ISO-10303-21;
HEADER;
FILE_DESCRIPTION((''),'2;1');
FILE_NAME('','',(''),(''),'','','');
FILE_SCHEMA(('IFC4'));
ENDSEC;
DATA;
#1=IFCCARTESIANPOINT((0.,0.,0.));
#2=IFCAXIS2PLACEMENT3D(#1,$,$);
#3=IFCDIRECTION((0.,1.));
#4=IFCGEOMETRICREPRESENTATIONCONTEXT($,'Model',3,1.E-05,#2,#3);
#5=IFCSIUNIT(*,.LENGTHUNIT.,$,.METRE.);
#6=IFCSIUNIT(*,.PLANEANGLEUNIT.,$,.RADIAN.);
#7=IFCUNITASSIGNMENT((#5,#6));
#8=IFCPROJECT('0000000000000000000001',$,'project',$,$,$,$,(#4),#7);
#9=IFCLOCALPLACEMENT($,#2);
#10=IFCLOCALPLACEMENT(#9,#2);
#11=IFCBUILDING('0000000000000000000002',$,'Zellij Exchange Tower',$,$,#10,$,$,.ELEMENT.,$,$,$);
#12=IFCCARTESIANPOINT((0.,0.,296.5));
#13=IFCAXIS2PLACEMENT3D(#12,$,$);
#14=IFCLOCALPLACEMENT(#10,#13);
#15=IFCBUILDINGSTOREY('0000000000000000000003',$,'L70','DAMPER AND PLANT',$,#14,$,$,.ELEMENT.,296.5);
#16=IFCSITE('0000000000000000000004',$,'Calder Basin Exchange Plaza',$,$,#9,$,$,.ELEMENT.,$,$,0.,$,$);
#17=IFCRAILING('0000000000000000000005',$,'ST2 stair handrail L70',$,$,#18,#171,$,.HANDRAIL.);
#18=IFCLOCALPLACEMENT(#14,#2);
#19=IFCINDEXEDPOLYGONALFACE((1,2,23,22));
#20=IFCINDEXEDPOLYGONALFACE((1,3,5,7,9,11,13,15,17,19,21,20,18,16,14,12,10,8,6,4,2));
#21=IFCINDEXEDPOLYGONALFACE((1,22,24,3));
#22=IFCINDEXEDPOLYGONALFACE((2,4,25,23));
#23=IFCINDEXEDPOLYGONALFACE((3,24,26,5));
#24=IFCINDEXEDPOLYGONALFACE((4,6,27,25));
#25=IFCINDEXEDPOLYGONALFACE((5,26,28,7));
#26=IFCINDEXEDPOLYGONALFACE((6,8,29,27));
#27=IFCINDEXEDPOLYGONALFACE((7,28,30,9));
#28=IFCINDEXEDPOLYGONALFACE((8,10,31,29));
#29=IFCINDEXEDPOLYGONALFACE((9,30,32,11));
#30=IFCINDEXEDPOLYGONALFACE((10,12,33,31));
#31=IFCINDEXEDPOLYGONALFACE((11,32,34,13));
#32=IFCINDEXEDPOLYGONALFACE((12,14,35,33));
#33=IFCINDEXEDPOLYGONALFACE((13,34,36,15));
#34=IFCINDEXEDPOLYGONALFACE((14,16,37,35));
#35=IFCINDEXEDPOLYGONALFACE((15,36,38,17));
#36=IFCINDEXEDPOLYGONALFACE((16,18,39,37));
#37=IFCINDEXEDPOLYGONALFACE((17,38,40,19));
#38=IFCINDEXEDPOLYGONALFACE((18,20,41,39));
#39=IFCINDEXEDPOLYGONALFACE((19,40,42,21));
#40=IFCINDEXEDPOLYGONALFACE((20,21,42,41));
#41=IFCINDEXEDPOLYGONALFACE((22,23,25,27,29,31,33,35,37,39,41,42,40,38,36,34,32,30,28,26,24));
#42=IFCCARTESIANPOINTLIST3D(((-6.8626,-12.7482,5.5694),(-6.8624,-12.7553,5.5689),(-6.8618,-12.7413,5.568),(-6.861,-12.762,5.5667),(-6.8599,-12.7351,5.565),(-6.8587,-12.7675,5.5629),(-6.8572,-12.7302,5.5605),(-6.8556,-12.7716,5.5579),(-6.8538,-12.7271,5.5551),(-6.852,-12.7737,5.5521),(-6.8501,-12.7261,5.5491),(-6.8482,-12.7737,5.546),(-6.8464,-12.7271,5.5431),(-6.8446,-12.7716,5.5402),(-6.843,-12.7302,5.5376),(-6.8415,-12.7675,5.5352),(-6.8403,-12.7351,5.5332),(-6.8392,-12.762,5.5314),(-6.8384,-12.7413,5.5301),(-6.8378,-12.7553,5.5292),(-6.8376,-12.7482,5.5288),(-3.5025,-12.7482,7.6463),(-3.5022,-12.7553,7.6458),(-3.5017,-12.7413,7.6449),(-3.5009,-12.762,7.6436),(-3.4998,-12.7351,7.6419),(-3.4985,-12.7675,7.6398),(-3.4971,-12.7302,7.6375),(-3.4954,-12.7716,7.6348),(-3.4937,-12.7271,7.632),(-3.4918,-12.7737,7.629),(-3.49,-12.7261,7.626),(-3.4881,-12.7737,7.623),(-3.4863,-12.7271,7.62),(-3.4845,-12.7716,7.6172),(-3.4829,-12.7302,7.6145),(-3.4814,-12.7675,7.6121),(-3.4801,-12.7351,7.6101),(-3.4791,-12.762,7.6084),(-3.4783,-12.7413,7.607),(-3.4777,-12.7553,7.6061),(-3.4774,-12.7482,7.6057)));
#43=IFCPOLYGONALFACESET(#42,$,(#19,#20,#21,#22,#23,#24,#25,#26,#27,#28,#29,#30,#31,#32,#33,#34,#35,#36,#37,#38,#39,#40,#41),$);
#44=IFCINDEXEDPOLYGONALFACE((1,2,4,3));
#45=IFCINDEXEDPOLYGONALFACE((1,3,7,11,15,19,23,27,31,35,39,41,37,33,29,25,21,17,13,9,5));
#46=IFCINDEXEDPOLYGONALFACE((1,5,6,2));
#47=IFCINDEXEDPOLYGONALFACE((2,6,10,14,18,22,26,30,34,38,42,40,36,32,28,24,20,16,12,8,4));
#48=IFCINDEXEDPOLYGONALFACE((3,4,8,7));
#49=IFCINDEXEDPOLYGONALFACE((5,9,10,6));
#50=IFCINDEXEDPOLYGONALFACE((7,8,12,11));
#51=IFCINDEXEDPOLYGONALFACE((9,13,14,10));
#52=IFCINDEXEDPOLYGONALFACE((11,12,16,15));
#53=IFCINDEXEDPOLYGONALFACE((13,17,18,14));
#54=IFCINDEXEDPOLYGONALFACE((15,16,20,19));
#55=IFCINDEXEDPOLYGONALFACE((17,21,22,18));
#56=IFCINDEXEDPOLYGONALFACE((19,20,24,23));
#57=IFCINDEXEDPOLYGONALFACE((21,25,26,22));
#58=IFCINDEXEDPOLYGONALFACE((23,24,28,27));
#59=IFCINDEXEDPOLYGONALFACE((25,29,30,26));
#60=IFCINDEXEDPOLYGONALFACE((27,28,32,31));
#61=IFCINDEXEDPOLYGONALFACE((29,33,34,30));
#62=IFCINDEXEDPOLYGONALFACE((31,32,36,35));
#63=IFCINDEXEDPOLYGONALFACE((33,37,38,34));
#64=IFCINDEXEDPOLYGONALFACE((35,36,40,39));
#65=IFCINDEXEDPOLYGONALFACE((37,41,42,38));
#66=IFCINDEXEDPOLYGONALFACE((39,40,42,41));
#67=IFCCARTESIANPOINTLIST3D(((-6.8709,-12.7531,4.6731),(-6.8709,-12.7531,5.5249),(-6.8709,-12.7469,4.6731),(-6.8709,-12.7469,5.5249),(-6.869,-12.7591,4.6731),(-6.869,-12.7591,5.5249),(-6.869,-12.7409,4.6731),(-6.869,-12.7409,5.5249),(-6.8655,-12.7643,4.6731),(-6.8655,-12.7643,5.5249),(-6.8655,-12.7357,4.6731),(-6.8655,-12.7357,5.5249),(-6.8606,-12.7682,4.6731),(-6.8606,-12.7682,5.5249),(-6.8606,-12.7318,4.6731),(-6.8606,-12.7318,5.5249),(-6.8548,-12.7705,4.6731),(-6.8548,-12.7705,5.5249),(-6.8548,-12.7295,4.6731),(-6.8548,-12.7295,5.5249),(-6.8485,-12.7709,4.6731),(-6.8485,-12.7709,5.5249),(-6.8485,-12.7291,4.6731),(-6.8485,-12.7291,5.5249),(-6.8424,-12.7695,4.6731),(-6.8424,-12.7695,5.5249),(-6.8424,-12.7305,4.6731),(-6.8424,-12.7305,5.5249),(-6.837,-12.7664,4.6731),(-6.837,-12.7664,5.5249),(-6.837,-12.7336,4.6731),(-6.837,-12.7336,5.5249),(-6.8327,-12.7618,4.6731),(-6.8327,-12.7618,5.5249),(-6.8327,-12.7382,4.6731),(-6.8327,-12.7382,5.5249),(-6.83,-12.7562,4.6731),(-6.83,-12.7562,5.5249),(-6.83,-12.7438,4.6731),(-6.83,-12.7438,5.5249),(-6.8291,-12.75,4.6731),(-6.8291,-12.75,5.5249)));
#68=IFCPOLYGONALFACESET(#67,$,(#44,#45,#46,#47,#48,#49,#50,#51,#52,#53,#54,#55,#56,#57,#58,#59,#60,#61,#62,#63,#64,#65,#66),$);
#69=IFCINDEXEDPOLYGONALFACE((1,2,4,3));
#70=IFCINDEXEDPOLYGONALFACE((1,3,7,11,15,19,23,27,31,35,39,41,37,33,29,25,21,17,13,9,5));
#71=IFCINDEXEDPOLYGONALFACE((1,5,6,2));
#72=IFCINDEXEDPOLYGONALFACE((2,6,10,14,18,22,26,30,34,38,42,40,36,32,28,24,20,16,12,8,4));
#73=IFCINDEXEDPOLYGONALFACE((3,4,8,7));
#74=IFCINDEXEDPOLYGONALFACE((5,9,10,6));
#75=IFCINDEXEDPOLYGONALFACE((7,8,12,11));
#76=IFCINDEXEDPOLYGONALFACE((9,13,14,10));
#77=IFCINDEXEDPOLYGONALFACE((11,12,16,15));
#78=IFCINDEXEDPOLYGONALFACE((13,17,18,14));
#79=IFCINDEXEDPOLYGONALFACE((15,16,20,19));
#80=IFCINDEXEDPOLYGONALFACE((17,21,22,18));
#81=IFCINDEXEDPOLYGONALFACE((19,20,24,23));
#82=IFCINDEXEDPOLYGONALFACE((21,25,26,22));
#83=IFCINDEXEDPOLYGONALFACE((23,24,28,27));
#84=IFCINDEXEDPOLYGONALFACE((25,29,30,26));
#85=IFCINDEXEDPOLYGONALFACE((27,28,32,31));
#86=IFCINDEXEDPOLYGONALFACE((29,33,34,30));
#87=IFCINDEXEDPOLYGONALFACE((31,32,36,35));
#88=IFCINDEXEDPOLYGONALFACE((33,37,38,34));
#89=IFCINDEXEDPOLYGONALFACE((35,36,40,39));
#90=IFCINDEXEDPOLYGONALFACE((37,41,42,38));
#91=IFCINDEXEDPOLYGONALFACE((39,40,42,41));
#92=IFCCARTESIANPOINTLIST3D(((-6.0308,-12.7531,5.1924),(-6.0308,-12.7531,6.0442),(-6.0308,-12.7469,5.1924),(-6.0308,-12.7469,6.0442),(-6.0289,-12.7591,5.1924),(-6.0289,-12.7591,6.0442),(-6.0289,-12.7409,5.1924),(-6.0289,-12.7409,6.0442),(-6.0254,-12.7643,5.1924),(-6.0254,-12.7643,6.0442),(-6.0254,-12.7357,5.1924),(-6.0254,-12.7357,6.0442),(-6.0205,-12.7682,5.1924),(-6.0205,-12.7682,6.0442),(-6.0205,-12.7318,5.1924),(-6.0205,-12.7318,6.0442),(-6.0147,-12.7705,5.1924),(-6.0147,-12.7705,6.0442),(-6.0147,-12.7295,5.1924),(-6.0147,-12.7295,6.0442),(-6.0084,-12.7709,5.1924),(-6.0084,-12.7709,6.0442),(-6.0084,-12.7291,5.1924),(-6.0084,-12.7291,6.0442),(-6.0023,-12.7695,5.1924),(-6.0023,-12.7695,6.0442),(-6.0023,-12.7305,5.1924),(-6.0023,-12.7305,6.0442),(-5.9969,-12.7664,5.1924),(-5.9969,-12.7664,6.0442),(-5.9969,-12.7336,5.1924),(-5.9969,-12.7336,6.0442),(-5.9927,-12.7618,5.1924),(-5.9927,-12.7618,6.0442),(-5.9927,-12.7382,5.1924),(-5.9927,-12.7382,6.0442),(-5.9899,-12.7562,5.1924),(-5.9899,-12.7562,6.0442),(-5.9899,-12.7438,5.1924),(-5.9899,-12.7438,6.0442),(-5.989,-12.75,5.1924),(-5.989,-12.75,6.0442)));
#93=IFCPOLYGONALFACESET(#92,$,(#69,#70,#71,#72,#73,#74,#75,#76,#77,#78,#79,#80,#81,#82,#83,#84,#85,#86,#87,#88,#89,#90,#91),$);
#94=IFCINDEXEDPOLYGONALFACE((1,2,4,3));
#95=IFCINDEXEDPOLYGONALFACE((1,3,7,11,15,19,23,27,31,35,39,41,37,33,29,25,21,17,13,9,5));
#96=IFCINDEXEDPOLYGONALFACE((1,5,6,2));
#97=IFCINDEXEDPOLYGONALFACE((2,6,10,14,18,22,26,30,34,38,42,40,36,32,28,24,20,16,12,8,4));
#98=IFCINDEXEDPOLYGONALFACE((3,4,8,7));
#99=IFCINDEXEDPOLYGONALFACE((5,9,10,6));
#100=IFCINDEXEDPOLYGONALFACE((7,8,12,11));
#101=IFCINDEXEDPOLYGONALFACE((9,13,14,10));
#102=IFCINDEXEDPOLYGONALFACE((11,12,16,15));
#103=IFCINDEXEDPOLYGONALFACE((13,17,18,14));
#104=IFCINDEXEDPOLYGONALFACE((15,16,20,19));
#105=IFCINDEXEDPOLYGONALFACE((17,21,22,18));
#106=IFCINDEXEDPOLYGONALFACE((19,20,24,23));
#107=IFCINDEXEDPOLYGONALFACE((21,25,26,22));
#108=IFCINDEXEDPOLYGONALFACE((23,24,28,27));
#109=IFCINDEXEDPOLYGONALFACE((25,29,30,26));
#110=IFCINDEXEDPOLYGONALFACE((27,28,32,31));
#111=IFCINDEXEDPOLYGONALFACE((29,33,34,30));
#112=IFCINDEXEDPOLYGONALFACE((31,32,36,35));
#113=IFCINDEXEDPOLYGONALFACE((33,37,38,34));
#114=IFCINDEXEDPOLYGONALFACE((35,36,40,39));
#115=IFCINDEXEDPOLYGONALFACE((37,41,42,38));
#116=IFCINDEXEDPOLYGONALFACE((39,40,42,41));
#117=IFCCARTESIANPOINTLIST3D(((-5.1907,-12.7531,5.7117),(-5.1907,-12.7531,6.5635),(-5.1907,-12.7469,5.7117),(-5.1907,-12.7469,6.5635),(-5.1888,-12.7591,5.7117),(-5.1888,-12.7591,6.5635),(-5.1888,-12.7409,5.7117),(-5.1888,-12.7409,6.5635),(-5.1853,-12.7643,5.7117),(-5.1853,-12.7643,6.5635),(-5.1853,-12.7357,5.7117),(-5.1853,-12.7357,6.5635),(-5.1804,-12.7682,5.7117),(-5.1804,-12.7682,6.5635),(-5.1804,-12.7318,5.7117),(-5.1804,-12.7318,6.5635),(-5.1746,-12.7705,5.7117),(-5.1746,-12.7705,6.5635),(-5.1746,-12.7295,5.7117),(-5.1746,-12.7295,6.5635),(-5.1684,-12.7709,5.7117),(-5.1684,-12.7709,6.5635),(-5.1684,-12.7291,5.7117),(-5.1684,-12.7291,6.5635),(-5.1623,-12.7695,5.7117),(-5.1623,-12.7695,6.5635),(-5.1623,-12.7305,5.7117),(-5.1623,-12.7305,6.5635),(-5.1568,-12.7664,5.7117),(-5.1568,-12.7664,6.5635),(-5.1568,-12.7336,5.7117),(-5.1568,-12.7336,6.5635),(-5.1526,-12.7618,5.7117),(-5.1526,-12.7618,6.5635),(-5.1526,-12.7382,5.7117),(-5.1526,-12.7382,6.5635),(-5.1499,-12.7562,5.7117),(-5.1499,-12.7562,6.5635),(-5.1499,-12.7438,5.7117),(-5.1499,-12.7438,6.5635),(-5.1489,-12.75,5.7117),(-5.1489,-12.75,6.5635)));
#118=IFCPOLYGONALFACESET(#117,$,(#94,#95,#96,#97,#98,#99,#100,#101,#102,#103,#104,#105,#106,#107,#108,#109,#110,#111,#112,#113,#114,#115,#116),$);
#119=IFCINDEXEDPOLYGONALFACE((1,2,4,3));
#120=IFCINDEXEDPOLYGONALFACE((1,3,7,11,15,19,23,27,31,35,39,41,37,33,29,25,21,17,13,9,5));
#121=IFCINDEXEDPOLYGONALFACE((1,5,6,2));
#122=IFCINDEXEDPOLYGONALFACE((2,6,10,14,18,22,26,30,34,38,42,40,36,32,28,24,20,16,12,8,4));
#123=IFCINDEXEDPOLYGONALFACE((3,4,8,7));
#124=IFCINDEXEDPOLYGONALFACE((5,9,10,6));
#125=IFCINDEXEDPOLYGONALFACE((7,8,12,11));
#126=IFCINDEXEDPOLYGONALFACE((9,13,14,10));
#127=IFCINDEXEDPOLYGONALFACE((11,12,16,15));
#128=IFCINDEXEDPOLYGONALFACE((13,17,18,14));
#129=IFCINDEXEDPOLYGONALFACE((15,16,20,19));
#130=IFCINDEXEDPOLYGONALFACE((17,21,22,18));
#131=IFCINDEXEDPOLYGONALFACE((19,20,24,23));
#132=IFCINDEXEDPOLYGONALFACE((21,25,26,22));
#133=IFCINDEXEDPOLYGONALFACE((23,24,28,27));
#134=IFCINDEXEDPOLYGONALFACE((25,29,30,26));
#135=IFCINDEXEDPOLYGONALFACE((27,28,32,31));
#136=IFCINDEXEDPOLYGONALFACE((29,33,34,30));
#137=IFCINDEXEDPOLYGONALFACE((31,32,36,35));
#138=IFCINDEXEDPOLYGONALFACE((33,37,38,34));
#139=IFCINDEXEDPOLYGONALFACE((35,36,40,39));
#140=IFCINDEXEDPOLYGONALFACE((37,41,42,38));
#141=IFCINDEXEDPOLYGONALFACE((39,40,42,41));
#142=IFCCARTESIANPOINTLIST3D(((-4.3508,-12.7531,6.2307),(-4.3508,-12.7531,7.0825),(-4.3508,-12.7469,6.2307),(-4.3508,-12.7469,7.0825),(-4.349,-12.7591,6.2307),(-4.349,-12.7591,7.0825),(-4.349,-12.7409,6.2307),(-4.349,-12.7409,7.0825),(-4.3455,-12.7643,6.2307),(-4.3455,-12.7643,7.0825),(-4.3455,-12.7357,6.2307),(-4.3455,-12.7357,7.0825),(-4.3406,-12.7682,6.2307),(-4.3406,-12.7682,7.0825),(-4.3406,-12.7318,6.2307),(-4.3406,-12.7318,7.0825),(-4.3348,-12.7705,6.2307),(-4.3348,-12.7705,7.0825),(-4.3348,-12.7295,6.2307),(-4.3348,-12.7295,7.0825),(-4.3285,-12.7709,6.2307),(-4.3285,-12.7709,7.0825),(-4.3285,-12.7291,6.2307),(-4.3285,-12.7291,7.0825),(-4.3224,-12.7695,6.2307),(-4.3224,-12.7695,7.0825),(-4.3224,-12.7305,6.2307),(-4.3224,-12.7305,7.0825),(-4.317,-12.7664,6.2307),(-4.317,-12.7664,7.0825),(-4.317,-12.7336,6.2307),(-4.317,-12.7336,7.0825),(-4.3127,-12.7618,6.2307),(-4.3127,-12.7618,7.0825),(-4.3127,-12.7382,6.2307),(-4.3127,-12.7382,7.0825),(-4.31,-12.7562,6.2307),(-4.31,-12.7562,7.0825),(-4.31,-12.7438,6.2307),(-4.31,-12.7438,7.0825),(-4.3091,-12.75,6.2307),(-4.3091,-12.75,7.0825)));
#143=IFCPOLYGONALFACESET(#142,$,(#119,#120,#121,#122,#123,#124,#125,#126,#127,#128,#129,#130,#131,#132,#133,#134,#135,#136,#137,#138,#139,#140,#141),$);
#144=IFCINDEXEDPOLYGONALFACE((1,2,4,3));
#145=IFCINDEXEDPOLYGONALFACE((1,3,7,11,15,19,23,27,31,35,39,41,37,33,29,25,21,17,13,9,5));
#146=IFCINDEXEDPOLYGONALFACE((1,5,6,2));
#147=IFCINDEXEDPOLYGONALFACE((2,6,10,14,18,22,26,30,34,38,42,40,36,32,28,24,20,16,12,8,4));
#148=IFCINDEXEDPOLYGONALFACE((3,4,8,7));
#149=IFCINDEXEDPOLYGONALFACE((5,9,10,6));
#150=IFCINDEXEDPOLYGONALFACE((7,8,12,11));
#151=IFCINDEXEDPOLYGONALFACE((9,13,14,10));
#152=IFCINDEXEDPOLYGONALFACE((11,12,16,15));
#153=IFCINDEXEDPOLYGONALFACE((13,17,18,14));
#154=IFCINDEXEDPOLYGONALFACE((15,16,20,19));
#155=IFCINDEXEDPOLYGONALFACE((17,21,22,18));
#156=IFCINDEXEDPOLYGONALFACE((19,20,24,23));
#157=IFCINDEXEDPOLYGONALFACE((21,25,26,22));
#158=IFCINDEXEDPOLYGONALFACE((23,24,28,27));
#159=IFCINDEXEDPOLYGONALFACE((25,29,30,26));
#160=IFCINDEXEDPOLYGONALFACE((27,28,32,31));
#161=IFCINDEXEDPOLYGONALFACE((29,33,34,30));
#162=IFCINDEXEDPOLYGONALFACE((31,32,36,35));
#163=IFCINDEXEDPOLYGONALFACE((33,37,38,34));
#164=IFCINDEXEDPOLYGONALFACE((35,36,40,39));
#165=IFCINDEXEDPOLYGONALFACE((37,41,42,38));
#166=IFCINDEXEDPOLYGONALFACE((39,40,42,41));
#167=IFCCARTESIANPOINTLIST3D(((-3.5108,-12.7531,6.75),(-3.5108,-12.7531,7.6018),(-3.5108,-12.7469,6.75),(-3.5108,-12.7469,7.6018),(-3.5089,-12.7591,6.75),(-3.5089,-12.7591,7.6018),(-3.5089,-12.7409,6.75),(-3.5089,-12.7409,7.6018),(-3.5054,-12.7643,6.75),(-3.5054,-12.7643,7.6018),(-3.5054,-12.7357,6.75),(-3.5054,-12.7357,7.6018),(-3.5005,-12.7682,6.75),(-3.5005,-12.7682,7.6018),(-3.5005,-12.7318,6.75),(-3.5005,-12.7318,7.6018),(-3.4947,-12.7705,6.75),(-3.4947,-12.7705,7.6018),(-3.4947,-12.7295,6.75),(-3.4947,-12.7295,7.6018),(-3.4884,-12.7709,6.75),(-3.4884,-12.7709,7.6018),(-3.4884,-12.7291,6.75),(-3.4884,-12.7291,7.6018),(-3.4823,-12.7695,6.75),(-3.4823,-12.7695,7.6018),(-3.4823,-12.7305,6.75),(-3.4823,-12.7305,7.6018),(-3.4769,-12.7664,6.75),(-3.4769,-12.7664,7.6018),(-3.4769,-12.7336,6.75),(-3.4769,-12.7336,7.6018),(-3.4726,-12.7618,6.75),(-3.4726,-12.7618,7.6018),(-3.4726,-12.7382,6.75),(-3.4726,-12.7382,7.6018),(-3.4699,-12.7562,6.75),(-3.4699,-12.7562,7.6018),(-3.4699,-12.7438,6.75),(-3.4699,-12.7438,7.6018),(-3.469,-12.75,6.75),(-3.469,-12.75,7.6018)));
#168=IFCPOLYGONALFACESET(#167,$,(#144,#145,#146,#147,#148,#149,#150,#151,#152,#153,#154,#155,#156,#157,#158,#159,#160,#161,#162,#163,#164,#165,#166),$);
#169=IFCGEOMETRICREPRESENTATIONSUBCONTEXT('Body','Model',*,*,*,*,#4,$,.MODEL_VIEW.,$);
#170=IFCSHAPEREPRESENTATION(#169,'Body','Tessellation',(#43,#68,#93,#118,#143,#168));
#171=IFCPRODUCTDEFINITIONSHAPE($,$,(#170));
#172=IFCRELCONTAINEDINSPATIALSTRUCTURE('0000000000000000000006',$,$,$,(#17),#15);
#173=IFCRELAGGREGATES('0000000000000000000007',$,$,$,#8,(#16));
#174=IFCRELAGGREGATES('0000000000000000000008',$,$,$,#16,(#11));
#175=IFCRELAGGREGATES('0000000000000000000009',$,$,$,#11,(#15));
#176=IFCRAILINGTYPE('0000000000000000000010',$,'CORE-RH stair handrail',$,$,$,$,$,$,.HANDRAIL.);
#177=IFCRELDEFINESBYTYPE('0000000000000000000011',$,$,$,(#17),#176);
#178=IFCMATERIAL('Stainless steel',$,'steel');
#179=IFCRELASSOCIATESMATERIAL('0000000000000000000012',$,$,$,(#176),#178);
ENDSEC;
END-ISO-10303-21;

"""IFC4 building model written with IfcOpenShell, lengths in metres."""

from ifc_helpers import new_model, si_unit, direction, frame, origin, origin_2d, place, context, subcontext, project, spatial, circle, extrude, material, type_object, element, save


model = new_model("IFC4")

# Units and contexts
model_context = context("Model", 3, precision=1e-05, world=origin(), true_north=direction((0.0, 1.0)))
body_context = subcontext(model_context, "Body", "Model", "MODEL_VIEW")
ifc_project = project(units=[si_unit("LENGTHUNIT", "METRE"), si_unit("PLANEANGLEUNIT", "RADIAN")], contexts=[model_context])

# Site, building, storey
site_placement = place(None, origin())
site = spatial("IfcSite", under=ifc_project, at=site_placement, Name="Calder Basin Exchange Plaza", CompositionType="ELEMENT", RefElevation=0.0)
building_placement = place(site_placement, origin())
building = spatial("IfcBuilding", under=site, at=building_placement, Name="Zellij Exchange Tower", CompositionType="ELEMENT")
storey_placement = place(building_placement, frame((0.0, 0.0, 296.5)))
storey = spatial("IfcBuildingStorey", under=building, at=storey_placement, Name="L70", Description="DAMPER AND PLANT", CompositionType="ELEMENT", Elevation=296.5)

# Railing
ifc_material_1 = material(Name="Stainless steel", Category="steel")
railing_type_1 = type_object("IfcRailingType", Name="CORE-RH stair handrail", PredefinedType="HANDRAIL", material=ifc_material_1)
railing_1_placement = place(storey_placement, frame((-6.8501, -12.75, 4.6731)))
element("IfcRailing", 1, at=railing_1_placement, inside=storey, type_object=railing_type_1, Name="ST2 stair handrail L70", PredefinedType="HANDRAIL", context=body_context, shape_type="SweptSolid", body=[
    extrude(circle(Radius=0.0239, at=origin_2d()), frame((0.0, 0.0, 0.876), z_axis=(0.850623, 0.0, 0.525776), x_axis=(0.0, 1.0, 0.0)), (0.0, 0.0, 1.0), 3.9502),
    extrude(circle(Radius=0.021, at=origin_2d()), origin(), (0.0, 0.0, 1.0), 0.8518),
    extrude(circle(Radius=0.021, at=origin_2d()), frame((0.8401, 0.0, 0.5193)), (0.0, 0.0, 1.0), 0.8518),
    extrude(circle(Radius=0.021, at=origin_2d()), frame((1.6802, 0.0, 1.0386)), (0.0, 0.0, 1.0), 0.8518),
    extrude(circle(Radius=0.021, at=origin_2d()), frame((2.52, 0.0, 1.5576)), (0.0, 0.0, 1.0), 0.8518),
    extrude(circle(Radius=0.021, at=origin_2d()), frame((3.3601, 0.0, 2.0769)), (0.0, 0.0, 1.0), 0.8518),
])

save(model, "model.ifc")
